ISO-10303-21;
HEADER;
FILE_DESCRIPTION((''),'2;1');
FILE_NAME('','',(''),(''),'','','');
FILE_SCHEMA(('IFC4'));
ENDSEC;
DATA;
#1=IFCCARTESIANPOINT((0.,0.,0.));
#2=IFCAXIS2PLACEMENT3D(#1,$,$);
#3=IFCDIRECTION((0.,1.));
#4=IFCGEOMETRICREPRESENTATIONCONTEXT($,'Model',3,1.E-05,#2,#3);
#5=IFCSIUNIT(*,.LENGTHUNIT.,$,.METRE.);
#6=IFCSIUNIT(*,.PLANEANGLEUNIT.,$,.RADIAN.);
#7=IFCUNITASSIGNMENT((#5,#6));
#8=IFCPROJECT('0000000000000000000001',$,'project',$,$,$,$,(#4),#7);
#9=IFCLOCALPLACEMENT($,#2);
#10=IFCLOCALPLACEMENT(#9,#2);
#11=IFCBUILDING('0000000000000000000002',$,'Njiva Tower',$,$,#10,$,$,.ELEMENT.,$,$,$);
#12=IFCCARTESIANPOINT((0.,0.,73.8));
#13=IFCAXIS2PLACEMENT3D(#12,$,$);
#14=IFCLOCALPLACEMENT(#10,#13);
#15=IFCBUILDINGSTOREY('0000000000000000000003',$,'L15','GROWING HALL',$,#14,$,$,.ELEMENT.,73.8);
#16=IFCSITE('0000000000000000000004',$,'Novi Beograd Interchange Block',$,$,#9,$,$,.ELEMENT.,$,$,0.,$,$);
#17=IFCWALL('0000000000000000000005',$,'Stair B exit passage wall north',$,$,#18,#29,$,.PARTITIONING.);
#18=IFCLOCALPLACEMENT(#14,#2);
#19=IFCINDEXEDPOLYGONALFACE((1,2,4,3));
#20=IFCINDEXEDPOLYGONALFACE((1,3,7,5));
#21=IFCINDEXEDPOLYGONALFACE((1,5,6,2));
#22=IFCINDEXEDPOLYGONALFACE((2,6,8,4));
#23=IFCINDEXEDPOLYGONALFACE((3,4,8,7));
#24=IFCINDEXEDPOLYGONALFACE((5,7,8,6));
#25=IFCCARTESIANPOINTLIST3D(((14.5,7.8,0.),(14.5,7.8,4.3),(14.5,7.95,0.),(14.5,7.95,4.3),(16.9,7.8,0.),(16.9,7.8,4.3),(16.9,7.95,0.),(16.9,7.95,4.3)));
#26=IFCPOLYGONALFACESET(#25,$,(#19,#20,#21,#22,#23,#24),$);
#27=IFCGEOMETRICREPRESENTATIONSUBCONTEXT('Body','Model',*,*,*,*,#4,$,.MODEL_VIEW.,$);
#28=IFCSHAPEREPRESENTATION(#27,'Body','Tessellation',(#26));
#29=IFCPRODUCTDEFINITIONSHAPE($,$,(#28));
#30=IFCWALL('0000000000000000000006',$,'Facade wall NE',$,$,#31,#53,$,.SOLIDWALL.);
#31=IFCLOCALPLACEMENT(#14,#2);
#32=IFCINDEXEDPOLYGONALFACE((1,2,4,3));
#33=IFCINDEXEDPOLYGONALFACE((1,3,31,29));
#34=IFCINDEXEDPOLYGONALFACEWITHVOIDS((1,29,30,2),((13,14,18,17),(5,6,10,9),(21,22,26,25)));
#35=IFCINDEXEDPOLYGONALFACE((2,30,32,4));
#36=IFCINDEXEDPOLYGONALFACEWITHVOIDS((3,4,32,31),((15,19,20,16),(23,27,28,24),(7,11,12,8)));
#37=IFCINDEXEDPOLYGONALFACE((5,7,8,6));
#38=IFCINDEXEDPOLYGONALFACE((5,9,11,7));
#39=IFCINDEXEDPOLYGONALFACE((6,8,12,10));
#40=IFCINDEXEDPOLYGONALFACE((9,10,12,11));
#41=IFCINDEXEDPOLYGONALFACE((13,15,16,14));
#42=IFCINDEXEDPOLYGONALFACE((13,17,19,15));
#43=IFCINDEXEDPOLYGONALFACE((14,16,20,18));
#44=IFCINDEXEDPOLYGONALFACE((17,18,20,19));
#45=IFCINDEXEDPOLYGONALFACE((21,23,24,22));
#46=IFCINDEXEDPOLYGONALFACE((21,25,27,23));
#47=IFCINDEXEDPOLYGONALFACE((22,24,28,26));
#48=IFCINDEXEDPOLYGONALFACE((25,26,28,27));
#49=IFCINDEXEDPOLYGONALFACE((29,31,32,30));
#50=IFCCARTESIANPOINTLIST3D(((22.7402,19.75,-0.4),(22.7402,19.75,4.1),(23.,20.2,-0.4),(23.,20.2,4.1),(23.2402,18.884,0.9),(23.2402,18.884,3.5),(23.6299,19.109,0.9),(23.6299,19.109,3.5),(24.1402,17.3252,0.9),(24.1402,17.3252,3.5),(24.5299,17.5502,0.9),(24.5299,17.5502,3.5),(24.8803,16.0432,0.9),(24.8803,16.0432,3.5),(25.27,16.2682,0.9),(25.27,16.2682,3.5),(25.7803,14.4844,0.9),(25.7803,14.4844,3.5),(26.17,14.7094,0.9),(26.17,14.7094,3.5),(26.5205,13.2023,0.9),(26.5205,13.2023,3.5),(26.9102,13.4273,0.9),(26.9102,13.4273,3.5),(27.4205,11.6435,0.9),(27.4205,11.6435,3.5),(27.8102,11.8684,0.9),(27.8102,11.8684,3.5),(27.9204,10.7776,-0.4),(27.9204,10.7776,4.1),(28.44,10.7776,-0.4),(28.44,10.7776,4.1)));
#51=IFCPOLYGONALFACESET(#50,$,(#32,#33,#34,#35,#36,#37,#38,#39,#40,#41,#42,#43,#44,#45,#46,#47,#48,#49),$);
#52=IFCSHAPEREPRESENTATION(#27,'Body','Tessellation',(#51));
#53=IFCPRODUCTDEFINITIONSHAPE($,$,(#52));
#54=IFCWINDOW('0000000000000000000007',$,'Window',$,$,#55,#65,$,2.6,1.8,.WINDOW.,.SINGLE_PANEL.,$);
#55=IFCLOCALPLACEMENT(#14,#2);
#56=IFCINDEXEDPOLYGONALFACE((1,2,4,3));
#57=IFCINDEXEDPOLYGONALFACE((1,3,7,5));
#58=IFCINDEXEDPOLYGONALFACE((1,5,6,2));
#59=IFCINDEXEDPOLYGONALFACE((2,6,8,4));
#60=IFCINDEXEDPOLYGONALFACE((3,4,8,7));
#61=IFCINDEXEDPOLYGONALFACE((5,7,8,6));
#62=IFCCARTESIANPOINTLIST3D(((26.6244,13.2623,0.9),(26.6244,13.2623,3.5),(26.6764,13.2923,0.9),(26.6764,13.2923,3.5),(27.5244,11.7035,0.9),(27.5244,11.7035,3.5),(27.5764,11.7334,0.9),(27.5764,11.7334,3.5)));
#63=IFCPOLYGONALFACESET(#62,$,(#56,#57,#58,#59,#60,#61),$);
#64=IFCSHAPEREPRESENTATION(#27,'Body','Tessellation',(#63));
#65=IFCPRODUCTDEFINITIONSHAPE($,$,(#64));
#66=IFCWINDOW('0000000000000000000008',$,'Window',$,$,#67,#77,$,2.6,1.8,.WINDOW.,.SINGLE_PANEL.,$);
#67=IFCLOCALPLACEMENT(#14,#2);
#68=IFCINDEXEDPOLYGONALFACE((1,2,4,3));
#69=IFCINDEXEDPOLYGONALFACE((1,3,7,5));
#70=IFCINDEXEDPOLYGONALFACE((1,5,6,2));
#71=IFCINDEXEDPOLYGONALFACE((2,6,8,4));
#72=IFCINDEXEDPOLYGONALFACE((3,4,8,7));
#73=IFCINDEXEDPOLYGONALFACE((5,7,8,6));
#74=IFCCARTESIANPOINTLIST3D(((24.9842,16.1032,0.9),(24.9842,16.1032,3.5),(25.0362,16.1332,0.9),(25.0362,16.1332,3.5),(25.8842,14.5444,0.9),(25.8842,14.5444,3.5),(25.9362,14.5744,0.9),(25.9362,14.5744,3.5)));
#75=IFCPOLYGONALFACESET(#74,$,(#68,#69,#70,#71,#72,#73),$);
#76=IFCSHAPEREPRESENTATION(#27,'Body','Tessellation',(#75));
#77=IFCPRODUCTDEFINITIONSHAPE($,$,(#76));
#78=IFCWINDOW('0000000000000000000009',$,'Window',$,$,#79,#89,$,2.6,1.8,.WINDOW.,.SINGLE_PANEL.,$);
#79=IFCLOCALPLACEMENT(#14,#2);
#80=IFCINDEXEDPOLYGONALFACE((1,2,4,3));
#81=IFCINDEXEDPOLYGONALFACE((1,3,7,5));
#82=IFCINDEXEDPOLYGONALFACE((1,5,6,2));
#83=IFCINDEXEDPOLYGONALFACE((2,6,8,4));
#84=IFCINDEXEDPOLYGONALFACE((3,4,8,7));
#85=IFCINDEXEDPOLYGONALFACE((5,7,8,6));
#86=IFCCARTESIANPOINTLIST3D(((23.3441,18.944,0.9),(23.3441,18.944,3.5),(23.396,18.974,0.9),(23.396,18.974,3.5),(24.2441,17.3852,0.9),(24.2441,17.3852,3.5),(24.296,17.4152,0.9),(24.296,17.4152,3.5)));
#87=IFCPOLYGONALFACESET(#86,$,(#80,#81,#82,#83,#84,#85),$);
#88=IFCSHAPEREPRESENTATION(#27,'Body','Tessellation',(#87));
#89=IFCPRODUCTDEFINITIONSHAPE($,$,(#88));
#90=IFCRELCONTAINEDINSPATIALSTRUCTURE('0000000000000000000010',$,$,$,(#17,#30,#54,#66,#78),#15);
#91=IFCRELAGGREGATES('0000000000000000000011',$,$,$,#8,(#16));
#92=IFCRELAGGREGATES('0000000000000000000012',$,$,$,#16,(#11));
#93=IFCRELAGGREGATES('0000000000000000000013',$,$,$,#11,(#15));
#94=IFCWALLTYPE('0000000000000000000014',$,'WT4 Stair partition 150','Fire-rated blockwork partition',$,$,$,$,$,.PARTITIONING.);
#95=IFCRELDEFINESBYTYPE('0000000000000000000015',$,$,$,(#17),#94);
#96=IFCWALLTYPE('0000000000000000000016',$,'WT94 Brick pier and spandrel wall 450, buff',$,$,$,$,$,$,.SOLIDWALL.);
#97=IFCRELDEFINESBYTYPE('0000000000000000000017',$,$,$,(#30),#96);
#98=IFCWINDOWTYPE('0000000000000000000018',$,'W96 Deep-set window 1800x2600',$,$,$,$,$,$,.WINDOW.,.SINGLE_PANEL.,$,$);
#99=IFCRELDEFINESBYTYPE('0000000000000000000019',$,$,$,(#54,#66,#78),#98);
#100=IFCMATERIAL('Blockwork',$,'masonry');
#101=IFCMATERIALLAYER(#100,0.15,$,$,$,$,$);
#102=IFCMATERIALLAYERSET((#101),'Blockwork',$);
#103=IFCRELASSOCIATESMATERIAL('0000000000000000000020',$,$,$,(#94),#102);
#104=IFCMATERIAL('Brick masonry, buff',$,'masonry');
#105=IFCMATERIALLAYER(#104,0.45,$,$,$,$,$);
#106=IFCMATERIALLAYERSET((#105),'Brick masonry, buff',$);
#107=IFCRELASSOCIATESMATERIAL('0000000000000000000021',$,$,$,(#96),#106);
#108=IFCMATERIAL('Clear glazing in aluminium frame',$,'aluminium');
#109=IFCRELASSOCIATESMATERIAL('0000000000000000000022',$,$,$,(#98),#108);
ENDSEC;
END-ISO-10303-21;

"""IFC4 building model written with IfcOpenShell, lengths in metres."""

from ifc_helpers import new_model, si_unit, direction, frame, frame_2d, origin, place, context, subcontext, project, spatial, polyline, rectangle, outline, extrude, material, layer, layer_set, type_object, element, fill, save


model = new_model("IFC4")

# Units and contexts
model_context = context("Model", 3, precision=1e-05, world=origin(), true_north=direction((0.0, 1.0)))
body_context = subcontext(model_context, "Body", "Model", "MODEL_VIEW")
ifc_project = project(units=[si_unit("LENGTHUNIT", "METRE"), si_unit("PLANEANGLEUNIT", "RADIAN")], contexts=[model_context])

# Site, building, storey
site_placement = place(None, origin())
site = spatial("IfcSite", under=ifc_project, at=site_placement, Name="Novi Beograd Interchange Block", CompositionType="ELEMENT", RefElevation=0.0)
building_placement = place(site_placement, origin())
building = spatial("IfcBuilding", under=site, at=building_placement, Name="Njiva Tower", CompositionType="ELEMENT")
storey_placement = place(building_placement, frame((0.0, 0.0, 73.8)))
storey = spatial("IfcBuildingStorey", under=building, at=storey_placement, Name="L15", Description="GROWING HALL", CompositionType="ELEMENT", Elevation=73.8)

# Shared definitions
ifc_material_1 = material(Name="Blockwork", Category="masonry")

# Wall
ifc_layer_1 = layer(ifc_material_1, 0.15)
ifc_layer_set_1 = layer_set([ifc_layer_1], Name="Blockwork")
wall_type_1 = type_object("IfcWallType", Name="WT4 Stair partition 150", Description="Fire-rated blockwork partition", PredefinedType="PARTITIONING", material=ifc_layer_set_1)
wall_1_placement = place(storey_placement, frame((14.5, 7.875, 0.0), z_axis=(0.0, 0.0, 1.0), x_axis=(1.0, 0.0, 0.0)))
element("IfcWall", 1, at=wall_1_placement, inside=storey, type_object=wall_type_1, Name="Stair B exit passage wall north", PredefinedType="PARTITIONING", context=body_context, shape_type="SweptSolid", body=[
    extrude(rectangle(XDim=2.4, YDim=0.15, at=frame_2d((1.2, 0.0))), origin(), (0.0, 0.0, 1.0), 4.3),
])

# Wall, openings, windows
ifc_material_2 = material(Name="Brick masonry, buff", Category="masonry")
ifc_layer_2 = layer(ifc_material_2, 0.45)
ifc_layer_set_2 = layer_set([ifc_layer_2], Name="Brick masonry, buff")
wall_type_2 = type_object("IfcWallType", Name="WT94 Brick pier and spandrel wall 450, buff", PredefinedType="SOLIDWALL", material=ifc_layer_set_2)
wall_2_placement = place(storey_placement, frame((28.1802, 10.7776, -0.4), z_axis=(0.0, 0.0, 1.0), x_axis=(-0.499998, 0.866026, 0.0)))
wall_2 = element("IfcWall", 2, at=wall_2_placement, inside=storey, type_object=wall_type_2, Name="Facade wall NE", PredefinedType="SOLIDWALL", context=body_context, shape_type="SweptSolid", body=[
    extrude(outline(polyline([(-0.1299, -0.225), (10.7501, -0.225), (10.4903, 0.225), (0.1299, 0.225), (-0.1299, -0.225)])), origin(), (0.0, 0.0, 1.0), 4.5),
])
opening_1_placement = place(wall_2_placement, frame((1.1297, 0.0, 1.3)))
opening_1 = element("IfcOpeningElement", 3, at=opening_1_placement, cuts=wall_2, PredefinedType="OPENING", context=body_context, shape_type="SweptSolid", body=[
    extrude(rectangle(XDim=1.8, YDim=2.6, at=frame_2d((0.9, 1.3))), frame((0.0, 0.235, 0.0), z_axis=(0.0, -1.0, 0.0), x_axis=(1.0, 0.0, 0.0)), (0.0, 0.0, 1.0), 0.47),
])
opening_2_placement = place(wall_2_placement, frame((4.4101, 0.0, 1.3)))
opening_2 = element("IfcOpeningElement", 4, at=opening_2_placement, cuts=wall_2, PredefinedType="OPENING", context=body_context, shape_type="SweptSolid", body=[
    extrude(rectangle(XDim=1.8, YDim=2.6, at=frame_2d((0.9, 1.3))), frame((0.0, 0.235, 0.0), z_axis=(0.0, -1.0, 0.0), x_axis=(1.0, 0.0, 0.0)), (0.0, 0.0, 1.0), 0.47),
])
opening_3_placement = place(wall_2_placement, frame((7.6904, 0.0, 1.3)))
opening_3 = element("IfcOpeningElement", 5, at=opening_3_placement, cuts=wall_2, PredefinedType="OPENING", context=body_context, shape_type="SweptSolid", body=[
    extrude(rectangle(XDim=1.8, YDim=2.6, at=frame_2d((0.9, 1.3))), frame((0.0, 0.235, 0.0), z_axis=(0.0, -1.0, 0.0), x_axis=(1.0, 0.0, 0.0)), (0.0, 0.0, 1.0), 0.47),
])
ifc_material_3 = material(Name="Clear glazing in aluminium frame", Category="aluminium")
window_type = type_object("IfcWindowType", Name="W96 Deep-set window 1800x2600", PartitioningType="SINGLE_PANEL", PredefinedType="WINDOW", material=ifc_material_3)
window_1_placement = place(opening_1_placement, origin())
window_1 = element("IfcWindow", 6, at=window_1_placement, inside=storey, type_object=window_type, Name="Window", OverallHeight=2.6, OverallWidth=1.8, PartitioningType="SINGLE_PANEL", PredefinedType="WINDOW", context=body_context, shape_type="SweptSolid", body=[
    extrude(rectangle(XDim=1.8, YDim=2.6, at=frame_2d((0.9, 1.3))), frame((0.0, 0.105, 0.0), z_axis=(0.0, -1.0, 0.0), x_axis=(1.0, 0.0, 0.0)), (0.0, 0.0, 1.0), 0.06),
])
fill(opening_1, window_1)
window_2_placement = place(opening_2_placement, origin())
window_2 = element("IfcWindow", 7, at=window_2_placement, inside=storey, type_object=window_type, Name="Window", OverallHeight=2.6, OverallWidth=1.8, PartitioningType="SINGLE_PANEL", PredefinedType="WINDOW", context=body_context, shape_type="SweptSolid", body=[
    extrude(rectangle(XDim=1.8, YDim=2.6, at=frame_2d((0.9, 1.3))), frame((0.0, 0.105, 0.0), z_axis=(0.0, -1.0, 0.0), x_axis=(1.0, 0.0, 0.0)), (0.0, 0.0, 1.0), 0.06),
])
fill(opening_2, window_2)
window_3_placement = place(opening_3_placement, origin())
window_3 = element("IfcWindow", 8, at=window_3_placement, inside=storey, type_object=window_type, Name="Window", OverallHeight=2.6, OverallWidth=1.8, PartitioningType="SINGLE_PANEL", PredefinedType="WINDOW", context=body_context, shape_type="SweptSolid", body=[
    extrude(rectangle(XDim=1.8, YDim=2.6, at=frame_2d((0.9, 1.3))), frame((0.0, 0.105, 0.0), z_axis=(0.0, -1.0, 0.0), x_axis=(1.0, 0.0, 0.0)), (0.0, 0.0, 1.0), 0.06),
])
fill(opening_3, window_3)

save(model, "model.ifc")
